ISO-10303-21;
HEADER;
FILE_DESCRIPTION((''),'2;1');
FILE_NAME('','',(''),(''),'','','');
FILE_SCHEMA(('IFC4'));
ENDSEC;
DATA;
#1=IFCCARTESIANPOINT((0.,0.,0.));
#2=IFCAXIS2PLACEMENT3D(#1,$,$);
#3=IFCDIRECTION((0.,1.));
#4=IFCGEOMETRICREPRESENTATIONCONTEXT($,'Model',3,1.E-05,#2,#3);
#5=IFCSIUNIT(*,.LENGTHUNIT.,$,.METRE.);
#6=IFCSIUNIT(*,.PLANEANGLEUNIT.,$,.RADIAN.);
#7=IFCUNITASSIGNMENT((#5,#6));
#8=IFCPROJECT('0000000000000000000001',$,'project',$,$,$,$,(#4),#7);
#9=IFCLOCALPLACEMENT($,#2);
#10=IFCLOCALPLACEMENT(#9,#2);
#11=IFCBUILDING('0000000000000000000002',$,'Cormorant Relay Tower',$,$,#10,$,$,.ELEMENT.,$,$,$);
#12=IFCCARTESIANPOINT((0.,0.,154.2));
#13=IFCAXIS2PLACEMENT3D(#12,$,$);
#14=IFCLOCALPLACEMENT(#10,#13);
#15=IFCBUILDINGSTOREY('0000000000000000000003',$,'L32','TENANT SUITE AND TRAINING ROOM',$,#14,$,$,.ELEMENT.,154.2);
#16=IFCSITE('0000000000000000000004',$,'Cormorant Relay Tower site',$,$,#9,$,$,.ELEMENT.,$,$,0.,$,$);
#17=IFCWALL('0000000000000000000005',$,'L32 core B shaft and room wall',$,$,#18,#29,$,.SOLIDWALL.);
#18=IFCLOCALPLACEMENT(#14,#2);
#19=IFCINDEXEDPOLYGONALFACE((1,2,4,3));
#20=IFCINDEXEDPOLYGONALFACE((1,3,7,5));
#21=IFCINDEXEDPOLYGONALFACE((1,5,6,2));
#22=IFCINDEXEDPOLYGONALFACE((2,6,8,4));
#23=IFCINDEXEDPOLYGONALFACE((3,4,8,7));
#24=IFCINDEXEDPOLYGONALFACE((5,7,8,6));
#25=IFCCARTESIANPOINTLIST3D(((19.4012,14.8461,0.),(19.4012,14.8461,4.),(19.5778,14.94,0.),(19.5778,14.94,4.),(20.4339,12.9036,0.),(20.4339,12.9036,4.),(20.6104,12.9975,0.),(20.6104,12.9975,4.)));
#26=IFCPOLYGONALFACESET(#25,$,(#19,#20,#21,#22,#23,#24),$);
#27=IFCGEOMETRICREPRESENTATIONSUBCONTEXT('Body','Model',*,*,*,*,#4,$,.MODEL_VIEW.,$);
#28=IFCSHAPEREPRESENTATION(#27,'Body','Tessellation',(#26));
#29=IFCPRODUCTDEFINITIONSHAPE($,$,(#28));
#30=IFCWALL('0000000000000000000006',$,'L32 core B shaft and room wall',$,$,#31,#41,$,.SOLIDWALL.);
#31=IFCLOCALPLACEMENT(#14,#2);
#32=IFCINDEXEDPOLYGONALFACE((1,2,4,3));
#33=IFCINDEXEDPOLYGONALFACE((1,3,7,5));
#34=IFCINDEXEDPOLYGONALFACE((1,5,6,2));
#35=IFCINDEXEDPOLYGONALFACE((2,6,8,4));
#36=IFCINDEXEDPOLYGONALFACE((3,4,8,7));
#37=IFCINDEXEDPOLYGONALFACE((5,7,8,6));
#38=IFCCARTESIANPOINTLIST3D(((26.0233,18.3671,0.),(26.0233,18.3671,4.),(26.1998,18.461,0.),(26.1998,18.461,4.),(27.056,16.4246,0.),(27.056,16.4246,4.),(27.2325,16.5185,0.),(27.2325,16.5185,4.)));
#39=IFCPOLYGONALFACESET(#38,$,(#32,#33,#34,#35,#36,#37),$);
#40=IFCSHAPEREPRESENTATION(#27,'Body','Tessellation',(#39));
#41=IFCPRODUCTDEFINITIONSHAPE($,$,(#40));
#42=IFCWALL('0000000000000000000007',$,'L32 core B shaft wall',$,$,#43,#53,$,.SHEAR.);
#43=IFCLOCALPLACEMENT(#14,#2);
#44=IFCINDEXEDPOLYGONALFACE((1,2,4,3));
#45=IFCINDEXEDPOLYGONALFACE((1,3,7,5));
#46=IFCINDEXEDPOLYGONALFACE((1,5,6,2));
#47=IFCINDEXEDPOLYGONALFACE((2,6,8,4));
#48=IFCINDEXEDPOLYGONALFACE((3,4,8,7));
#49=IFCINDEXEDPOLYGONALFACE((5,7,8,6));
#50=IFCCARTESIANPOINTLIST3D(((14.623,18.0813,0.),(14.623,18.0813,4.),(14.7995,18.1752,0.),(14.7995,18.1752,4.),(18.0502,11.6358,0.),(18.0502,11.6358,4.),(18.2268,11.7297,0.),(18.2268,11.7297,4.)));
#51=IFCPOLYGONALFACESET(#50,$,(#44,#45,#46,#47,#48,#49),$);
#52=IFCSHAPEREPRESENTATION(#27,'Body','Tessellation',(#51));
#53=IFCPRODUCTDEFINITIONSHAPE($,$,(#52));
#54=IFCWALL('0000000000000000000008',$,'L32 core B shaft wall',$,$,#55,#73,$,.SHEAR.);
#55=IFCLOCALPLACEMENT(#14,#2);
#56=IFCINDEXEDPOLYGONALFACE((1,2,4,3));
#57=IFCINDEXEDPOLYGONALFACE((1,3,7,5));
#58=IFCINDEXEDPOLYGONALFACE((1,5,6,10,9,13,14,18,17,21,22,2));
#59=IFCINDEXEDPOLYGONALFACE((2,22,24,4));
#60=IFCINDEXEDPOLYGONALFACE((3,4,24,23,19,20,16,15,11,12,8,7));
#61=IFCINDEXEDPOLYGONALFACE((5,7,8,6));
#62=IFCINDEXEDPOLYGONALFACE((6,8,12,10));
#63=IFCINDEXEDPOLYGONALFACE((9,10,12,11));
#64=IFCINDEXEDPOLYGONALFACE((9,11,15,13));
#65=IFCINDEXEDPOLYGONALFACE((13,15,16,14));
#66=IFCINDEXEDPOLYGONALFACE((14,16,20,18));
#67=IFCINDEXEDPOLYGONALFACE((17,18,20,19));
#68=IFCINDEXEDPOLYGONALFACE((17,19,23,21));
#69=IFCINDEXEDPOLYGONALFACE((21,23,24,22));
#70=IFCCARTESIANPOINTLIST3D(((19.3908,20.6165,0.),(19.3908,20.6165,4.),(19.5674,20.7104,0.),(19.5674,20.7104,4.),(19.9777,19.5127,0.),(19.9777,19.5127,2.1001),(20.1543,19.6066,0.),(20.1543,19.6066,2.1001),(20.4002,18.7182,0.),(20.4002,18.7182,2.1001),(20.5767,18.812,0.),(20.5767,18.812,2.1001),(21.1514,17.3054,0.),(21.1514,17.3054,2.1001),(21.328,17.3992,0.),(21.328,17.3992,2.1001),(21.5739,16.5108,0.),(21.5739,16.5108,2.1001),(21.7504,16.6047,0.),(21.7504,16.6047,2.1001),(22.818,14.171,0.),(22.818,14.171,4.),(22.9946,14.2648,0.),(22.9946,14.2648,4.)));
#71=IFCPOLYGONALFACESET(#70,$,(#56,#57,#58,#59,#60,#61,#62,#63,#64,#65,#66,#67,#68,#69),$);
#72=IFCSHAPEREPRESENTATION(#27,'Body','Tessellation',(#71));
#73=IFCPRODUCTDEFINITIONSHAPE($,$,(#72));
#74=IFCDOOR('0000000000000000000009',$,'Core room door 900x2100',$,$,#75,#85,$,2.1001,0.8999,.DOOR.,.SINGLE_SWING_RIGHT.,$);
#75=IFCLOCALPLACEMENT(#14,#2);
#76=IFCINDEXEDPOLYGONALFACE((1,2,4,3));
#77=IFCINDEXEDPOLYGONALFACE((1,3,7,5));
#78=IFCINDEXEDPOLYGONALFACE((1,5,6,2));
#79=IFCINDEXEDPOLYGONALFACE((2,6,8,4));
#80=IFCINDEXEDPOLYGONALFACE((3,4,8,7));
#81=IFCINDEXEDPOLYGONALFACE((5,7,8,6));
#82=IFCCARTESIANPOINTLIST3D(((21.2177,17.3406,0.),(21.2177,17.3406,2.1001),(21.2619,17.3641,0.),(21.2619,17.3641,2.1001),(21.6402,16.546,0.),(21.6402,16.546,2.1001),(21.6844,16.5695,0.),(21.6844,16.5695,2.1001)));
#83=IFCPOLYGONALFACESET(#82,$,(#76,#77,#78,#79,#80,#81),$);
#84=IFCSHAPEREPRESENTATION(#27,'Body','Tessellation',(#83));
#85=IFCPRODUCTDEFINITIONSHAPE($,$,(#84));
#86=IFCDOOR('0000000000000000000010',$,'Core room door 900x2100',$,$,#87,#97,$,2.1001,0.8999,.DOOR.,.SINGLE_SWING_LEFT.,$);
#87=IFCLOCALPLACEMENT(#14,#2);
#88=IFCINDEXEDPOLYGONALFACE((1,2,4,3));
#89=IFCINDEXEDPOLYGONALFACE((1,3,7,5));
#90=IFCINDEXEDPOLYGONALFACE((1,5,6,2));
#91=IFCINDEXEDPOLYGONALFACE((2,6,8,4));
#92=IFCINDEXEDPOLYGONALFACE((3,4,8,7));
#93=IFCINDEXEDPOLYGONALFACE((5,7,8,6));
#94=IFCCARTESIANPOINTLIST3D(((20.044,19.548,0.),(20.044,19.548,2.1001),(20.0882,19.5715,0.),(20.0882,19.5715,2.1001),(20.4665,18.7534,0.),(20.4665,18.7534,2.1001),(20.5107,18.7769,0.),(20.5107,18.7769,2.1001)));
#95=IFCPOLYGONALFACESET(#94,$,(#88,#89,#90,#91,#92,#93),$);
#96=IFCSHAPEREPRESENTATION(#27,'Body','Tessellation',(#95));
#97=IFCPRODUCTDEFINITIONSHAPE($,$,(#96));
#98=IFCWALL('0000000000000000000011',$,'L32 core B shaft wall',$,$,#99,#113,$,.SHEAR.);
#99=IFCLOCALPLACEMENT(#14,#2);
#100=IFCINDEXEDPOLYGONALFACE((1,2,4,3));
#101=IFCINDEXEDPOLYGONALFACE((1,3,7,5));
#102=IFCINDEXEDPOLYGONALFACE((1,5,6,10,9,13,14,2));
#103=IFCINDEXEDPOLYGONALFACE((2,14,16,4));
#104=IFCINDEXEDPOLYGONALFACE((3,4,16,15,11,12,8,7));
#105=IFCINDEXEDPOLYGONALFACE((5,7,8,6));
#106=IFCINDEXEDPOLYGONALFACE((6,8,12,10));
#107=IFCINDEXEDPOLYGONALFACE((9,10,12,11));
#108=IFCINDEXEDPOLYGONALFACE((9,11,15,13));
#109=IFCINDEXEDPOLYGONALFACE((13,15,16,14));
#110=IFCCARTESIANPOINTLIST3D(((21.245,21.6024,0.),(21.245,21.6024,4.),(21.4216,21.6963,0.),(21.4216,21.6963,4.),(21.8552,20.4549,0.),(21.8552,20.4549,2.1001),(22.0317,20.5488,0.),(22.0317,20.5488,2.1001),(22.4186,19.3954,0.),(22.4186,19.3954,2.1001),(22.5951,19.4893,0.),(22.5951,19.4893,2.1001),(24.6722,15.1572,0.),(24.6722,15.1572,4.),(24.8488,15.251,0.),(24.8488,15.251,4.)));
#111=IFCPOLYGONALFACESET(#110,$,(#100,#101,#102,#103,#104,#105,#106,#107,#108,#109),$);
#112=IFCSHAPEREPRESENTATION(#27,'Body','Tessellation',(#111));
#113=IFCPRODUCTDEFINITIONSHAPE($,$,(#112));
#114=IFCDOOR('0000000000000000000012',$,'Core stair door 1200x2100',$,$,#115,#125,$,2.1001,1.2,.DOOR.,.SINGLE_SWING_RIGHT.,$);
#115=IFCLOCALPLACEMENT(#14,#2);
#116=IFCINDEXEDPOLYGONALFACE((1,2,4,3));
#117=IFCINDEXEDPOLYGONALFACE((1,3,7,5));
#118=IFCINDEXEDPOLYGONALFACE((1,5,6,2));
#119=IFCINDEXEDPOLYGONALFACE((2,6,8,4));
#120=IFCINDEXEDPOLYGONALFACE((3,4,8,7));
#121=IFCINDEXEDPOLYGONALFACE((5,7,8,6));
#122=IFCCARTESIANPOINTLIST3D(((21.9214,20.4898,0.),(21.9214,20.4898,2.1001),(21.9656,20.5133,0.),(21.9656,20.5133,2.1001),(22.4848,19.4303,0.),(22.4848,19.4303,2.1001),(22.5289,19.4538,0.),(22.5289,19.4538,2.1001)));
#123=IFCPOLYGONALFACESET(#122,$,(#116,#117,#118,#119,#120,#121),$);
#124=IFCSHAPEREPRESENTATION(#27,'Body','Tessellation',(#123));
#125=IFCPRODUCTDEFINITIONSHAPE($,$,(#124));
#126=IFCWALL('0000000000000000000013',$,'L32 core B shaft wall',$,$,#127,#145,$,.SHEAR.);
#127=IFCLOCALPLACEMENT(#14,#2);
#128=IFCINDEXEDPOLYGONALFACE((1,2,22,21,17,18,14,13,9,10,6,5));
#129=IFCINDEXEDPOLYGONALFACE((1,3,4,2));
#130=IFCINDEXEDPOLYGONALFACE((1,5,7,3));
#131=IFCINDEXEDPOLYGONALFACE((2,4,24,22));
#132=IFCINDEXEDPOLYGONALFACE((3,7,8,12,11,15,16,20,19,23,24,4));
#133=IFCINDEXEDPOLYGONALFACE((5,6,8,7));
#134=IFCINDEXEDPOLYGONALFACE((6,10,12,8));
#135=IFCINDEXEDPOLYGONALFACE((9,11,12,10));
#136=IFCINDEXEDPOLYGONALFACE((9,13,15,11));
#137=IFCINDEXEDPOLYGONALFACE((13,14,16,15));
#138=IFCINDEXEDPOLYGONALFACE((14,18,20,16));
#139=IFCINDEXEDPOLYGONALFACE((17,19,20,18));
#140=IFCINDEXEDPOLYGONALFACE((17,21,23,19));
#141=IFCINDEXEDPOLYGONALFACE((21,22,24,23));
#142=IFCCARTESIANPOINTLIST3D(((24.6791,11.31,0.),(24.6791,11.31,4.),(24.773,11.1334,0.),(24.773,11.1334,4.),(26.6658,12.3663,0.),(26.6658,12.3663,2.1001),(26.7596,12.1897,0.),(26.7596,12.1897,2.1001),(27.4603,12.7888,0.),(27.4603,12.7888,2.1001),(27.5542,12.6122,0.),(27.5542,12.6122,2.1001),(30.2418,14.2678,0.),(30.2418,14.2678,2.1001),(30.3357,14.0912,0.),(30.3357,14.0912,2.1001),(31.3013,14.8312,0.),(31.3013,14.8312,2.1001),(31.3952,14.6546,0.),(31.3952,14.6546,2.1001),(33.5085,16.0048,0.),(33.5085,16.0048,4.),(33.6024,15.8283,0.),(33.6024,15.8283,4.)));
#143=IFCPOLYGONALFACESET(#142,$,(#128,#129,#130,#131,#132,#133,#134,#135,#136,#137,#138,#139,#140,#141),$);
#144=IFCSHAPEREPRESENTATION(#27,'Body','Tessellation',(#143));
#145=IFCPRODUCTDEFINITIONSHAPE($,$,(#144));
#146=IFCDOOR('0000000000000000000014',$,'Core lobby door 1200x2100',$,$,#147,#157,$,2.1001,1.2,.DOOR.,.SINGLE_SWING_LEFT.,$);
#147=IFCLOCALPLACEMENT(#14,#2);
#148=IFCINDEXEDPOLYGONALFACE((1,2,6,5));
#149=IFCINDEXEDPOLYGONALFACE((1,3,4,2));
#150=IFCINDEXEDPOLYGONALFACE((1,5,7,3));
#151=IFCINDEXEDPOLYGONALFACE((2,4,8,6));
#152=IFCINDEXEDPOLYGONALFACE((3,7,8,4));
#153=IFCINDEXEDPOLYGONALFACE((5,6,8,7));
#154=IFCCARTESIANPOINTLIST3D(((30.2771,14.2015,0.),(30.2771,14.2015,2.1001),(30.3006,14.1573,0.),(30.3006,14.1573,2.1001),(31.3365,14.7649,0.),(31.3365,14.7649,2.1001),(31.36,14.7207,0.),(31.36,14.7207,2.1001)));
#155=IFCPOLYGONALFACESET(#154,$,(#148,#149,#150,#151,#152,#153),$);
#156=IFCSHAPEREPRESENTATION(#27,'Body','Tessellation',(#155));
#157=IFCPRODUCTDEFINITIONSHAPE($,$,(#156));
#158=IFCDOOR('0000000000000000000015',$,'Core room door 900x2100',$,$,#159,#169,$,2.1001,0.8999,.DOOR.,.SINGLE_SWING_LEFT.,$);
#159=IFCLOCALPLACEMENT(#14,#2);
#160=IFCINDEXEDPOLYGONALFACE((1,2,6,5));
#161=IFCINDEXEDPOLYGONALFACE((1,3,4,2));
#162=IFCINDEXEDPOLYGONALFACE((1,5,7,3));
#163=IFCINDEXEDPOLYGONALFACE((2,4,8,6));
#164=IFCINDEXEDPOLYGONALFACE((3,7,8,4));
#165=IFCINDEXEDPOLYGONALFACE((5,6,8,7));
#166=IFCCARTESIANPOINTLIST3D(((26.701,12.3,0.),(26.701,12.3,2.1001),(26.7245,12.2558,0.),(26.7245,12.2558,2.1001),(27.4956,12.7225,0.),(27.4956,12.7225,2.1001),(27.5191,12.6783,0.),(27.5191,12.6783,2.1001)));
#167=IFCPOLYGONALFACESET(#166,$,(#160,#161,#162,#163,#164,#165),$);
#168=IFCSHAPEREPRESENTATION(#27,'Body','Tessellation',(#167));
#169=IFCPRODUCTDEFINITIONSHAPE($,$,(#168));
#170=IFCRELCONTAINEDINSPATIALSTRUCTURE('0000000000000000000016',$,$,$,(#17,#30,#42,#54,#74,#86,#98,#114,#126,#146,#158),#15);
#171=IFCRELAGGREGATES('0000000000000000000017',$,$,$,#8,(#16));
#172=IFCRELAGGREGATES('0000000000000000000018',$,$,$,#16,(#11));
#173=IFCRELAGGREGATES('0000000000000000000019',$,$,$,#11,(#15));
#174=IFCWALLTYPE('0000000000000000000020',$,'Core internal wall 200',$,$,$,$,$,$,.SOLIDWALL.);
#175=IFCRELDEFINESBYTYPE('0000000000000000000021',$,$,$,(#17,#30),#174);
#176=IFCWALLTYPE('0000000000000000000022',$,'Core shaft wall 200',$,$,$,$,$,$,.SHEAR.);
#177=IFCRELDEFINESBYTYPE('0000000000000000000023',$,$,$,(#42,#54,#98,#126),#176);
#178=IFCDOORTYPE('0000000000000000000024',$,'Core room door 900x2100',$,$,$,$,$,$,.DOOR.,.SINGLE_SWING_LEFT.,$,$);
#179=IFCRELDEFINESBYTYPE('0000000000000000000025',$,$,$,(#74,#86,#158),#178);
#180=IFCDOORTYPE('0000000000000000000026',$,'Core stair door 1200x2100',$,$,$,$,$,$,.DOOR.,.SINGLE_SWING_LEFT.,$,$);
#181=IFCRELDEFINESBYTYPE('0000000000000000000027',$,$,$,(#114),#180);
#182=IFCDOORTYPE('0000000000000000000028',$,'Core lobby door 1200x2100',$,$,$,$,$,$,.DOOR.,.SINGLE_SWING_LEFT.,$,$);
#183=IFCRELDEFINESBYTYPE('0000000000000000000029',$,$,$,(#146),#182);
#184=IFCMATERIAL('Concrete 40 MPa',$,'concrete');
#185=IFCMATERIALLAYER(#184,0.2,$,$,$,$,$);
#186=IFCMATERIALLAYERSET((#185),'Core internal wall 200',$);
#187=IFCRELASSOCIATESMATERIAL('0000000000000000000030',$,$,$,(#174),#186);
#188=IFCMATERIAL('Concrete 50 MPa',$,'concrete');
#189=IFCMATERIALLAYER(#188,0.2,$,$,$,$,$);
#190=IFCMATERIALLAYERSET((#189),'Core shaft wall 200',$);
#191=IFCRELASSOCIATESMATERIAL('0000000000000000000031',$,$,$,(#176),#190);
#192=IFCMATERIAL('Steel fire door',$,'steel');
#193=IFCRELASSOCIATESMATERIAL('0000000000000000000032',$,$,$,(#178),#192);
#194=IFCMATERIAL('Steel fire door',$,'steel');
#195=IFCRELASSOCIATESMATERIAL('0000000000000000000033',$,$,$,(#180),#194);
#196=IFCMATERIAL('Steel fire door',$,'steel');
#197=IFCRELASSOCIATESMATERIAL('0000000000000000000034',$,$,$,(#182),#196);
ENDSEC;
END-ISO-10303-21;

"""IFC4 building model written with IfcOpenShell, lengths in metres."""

from ifc_helpers import new_model, si_unit, direction, frame, frame_2d, origin, place, context, subcontext, project, spatial, rectangle, extrude, material, layer, layer_set, type_object, element, fill, save


model = new_model("IFC4")

# Units and contexts
model_context = context("Model", 3, precision=1e-05, world=origin(), true_north=direction((0.0, 1.0)))
body_context = subcontext(model_context, "Body", "Model", "MODEL_VIEW")
ifc_project = project(units=[si_unit("LENGTHUNIT", "METRE"), si_unit("PLANEANGLEUNIT", "RADIAN")], contexts=[model_context])

# Site, building, storey
site_placement = place(None, origin())
site = spatial("IfcSite", under=ifc_project, at=site_placement, Name="Cormorant Relay Tower site", CompositionType="ELEMENT", RefElevation=0.0)
building_placement = place(site_placement, origin())
building = spatial("IfcBuilding", under=site, at=building_placement, Name="Cormorant Relay Tower", CompositionType="ELEMENT")
storey_placement = place(building_placement, frame((0.0, 0.0, 154.2)))
storey = spatial("IfcBuildingStorey", under=building, at=storey_placement, Name="L32", Description="TENANT SUITE AND TRAINING ROOM", CompositionType="ELEMENT", Elevation=154.2)

# Walls
ifc_material_1 = material(Name="Concrete 40 MPa", Category="concrete")
ifc_layer_1 = layer(ifc_material_1, 0.2)
ifc_layer_set_1 = layer_set([ifc_layer_1], Name="Core internal wall 200")
wall_type_1 = type_object("IfcWallType", Name="Core internal wall 200", PredefinedType="SOLIDWALL", material=ifc_layer_set_1)
for number, where, z_axis, x_axis, name in (
    (1, (20.5222, 12.9504, 0.0), (0.0, 0.0, 1.0), (-0.469401, 0.882985, 0.0), "L32 core B shaft and room wall"),
    (2, (27.1443, 16.4714, 0.0), (0.0, 0.0, 1.0), (-0.469401, 0.882985, 0.0), "L32 core B shaft and room wall"),
):
    element("IfcWall", number, at=place(storey_placement, frame(where, z_axis=z_axis, x_axis=x_axis)), inside=storey, type_object=wall_type_1, Name=name, PredefinedType="SOLIDWALL", context=body_context, shape_type="SweptSolid", body=[
        extrude(rectangle(XDim=2.2, YDim=0.2, at=frame_2d((1.1001, 0.0))), origin(), (0.0, 0.0, 1.0), 4.0),
    ])
ifc_material_2 = material(Name="Concrete 50 MPa", Category="concrete")
ifc_layer_2 = layer(ifc_material_2, 0.2)
ifc_layer_set_2 = layer_set([ifc_layer_2], Name="Core shaft wall 200")
wall_type_2 = type_object("IfcWallType", Name="Core shaft wall 200", PredefinedType="SHEAR", material=ifc_layer_set_2)
wall_1_placement = place(storey_placement, frame((18.1384, 11.6829, 0.0), z_axis=(0.0, 0.0, 1.0), x_axis=(-0.46948, 0.882943, 0.0)))
element("IfcWall", 3, at=wall_1_placement, inside=storey, type_object=wall_type_2, Name="L32 core B shaft wall", PredefinedType="SHEAR", context=body_context, shape_type="SweptSolid", body=[
    extrude(rectangle(XDim=7.3, YDim=0.2, at=frame_2d((3.6499, 0.0))), origin(), (0.0, 0.0, 1.0), 4.0),
])

# Wall, openings, doors
wall_2_placement = place(storey_placement, frame((22.9062, 14.218, 0.0), z_axis=(0.0, 0.0, 1.0), x_axis=(-0.46948, 0.882943, 0.0)))
wall_2 = element("IfcWall", 4, at=wall_2_placement, inside=storey, type_object=wall_type_2, Name="L32 core B shaft wall", PredefinedType="SHEAR", context=body_context, shape_type="SweptSolid", body=[
    extrude(rectangle(XDim=7.3, YDim=0.2, at=frame_2d((3.6499, 0.0))), origin(), (0.0, 0.0, 1.0), 4.0),
])
opening_1_placement = place(wall_2_placement, frame((2.6499, 0.0, 0.0)))
opening_1 = element("IfcOpeningElement", 5, at=opening_1_placement, cuts=wall_2, PredefinedType="OPENING", context=body_context, shape_type="SweptSolid", body=[
    extrude(rectangle(XDim=0.8999, YDim=2.1001, at=frame_2d((0.45, 1.05))), frame((0.0, 0.1099, 0.0), z_axis=(0.0, -1.0, 0.0), x_axis=(1.0, 0.0, 0.0)), (0.0, 0.0, 1.0), 0.22),
])
opening_2_placement = place(wall_2_placement, frame((5.1499, 0.0, 0.0)))
opening_2 = element("IfcOpeningElement", 6, at=opening_2_placement, cuts=wall_2, PredefinedType="OPENING", context=body_context, shape_type="SweptSolid", body=[
    extrude(rectangle(XDim=0.8999, YDim=2.1001, at=frame_2d((0.45, 1.05))), frame((0.0, 0.1099, 0.0), z_axis=(0.0, -1.0, 0.0), x_axis=(1.0, 0.0, 0.0)), (0.0, 0.0, 1.0), 0.22),
])
ifc_material_3 = material(Name="Steel fire door", Category="steel")
door_type_1 = type_object("IfcDoorType", Name="Core room door 900x2100", OperationType="SINGLE_SWING_LEFT", PredefinedType="DOOR", material=ifc_material_3)
door_1_placement = place(opening_1_placement, origin())
door_1 = element("IfcDoor", 7, at=door_1_placement, inside=storey, type_object=door_type_1, Name="Core room door 900x2100", OperationType="SINGLE_SWING_RIGHT", OverallHeight=2.1001, OverallWidth=0.8999, PredefinedType="DOOR", context=body_context, shape_type="SweptSolid", body=[
    extrude(rectangle(XDim=0.8999, YDim=2.1001, at=frame_2d((0.45, 1.05))), frame((0.0, 0.0249, 0.0), z_axis=(0.0, -1.0, 0.0), x_axis=(1.0, 0.0, 0.0)), (0.0, 0.0, 1.0), 0.05),
])
fill(opening_1, door_1)
door_2_placement = place(opening_2_placement, origin())
door_2 = element("IfcDoor", 8, at=door_2_placement, inside=storey, type_object=door_type_1, Name="Core room door 900x2100", OperationType="SINGLE_SWING_LEFT", OverallHeight=2.1001, OverallWidth=0.8999, PredefinedType="DOOR", context=body_context, shape_type="SweptSolid", body=[
    extrude(rectangle(XDim=0.8999, YDim=2.1001, at=frame_2d((0.45, 1.05))), frame((0.0, 0.0249, 0.0), z_axis=(0.0, -1.0, 0.0), x_axis=(1.0, 0.0, 0.0)), (0.0, 0.0, 1.0), 0.05),
])
fill(opening_2, door_2)

# Wall, opening, door
wall_3_placement = place(storey_placement, frame((24.7605, 15.2041, 0.0), z_axis=(0.0, 0.0, 1.0), x_axis=(-0.469494, 0.882936, 0.0)))
wall_3 = element("IfcWall", 9, at=wall_3_placement, inside=storey, type_object=wall_type_2, Name="L32 core B shaft wall", PredefinedType="SHEAR", context=body_context, shape_type="SweptSolid", body=[
    extrude(rectangle(XDim=7.2998, YDim=0.2, at=frame_2d((3.6499, 0.0))), origin(), (0.0, 0.0, 1.0), 4.0),
])
opening_3_placement = place(wall_3_placement, frame((4.8, 0.0, 0.0)))
opening_3 = element("IfcOpeningElement", 10, at=opening_3_placement, cuts=wall_3, PredefinedType="OPENING", context=body_context, shape_type="SweptSolid", body=[
    extrude(rectangle(XDim=1.2, YDim=2.1001, at=frame_2d((0.6001, 1.05))), frame((0.0, 0.1099, 0.0), z_axis=(0.0, -1.0, 0.0), x_axis=(1.0, 0.0, 0.0)), (0.0, 0.0, 1.0), 0.22),
])
ifc_material_4 = material(Name="Steel fire door", Category="steel")
door_type_2 = type_object("IfcDoorType", Name="Core stair door 1200x2100", OperationType="SINGLE_SWING_LEFT", PredefinedType="DOOR", material=ifc_material_4)
door_3_placement = place(opening_3_placement, frame((1.2, 0.0, 0.0), z_axis=(0.0, 0.0, 1.0), x_axis=(-1.0, 0.0, 0.0)))
door_3 = element("IfcDoor", 11, at=door_3_placement, inside=storey, type_object=door_type_2, Name="Core stair door 1200x2100", OperationType="SINGLE_SWING_RIGHT", OverallHeight=2.1001, OverallWidth=1.2, PredefinedType="DOOR", context=body_context, shape_type="SweptSolid", body=[
    extrude(rectangle(XDim=1.2, YDim=2.1001, at=frame_2d((0.6001, 1.05))), frame((0.0, 0.0249, 0.0), z_axis=(0.0, -1.0, 0.0), x_axis=(1.0, 0.0, 0.0)), (0.0, 0.0, 1.0), 0.05),
])
fill(opening_3, door_3)

# Wall, openings, doors
wall_4_placement = place(storey_placement, frame((24.7261, 11.2217, 0.0), z_axis=(0.0, 0.0, 1.0), x_axis=(0.88294, 0.469485, 0.0)))
wall_4 = element("IfcWall", 12, at=wall_4_placement, inside=storey, type_object=wall_type_2, Name="L32 core B shaft wall", PredefinedType="SHEAR", context=body_context, shape_type="SweptSolid", body=[
    extrude(rectangle(XDim=10.0, YDim=0.2, at=frame_2d((5.0, 0.0))), origin(), (0.0, 0.0, 1.0), 4.0),
])
opening_4_placement = place(wall_4_placement, frame((6.3, 0.0, 0.0)))
opening_4 = element("IfcOpeningElement", 13, at=opening_4_placement, cuts=wall_4, PredefinedType="OPENING", context=body_context, shape_type="SweptSolid", body=[
    extrude(rectangle(XDim=1.2, YDim=2.1001, at=frame_2d((0.6001, 1.05))), frame((0.0, 0.1099, 0.0), z_axis=(0.0, -1.0, 0.0), x_axis=(1.0, 0.0, 0.0)), (0.0, 0.0, 1.0), 0.22),
])
opening_5_placement = place(wall_4_placement, frame((2.25, 0.0, 0.0)))
opening_5 = element("IfcOpeningElement", 14, at=opening_5_placement, cuts=wall_4, PredefinedType="OPENING", context=body_context, shape_type="SweptSolid", body=[
    extrude(rectangle(XDim=0.8999, YDim=2.1001, at=frame_2d((0.45, 1.05))), frame((0.0, 0.1099, 0.0), z_axis=(0.0, -1.0, 0.0), x_axis=(1.0, 0.0, 0.0)), (0.0, 0.0, 1.0), 0.22),
])
ifc_material_5 = material(Name="Steel fire door", Category="steel")
door_type_3 = type_object("IfcDoorType", Name="Core lobby door 1200x2100", OperationType="SINGLE_SWING_LEFT", PredefinedType="DOOR", material=ifc_material_5)
door_4_placement = place(opening_4_placement, origin())
door_4 = element("IfcDoor", 15, at=door_4_placement, inside=storey, type_object=door_type_3, Name="Core lobby door 1200x2100", OperationType="SINGLE_SWING_LEFT", OverallHeight=2.1001, OverallWidth=1.2, PredefinedType="DOOR", context=body_context, shape_type="SweptSolid", body=[
    extrude(rectangle(XDim=1.2, YDim=2.1001, at=frame_2d((0.6001, 1.05))), frame((0.0, 0.0249, 0.0), z_axis=(0.0, -1.0, 0.0), x_axis=(1.0, 0.0, 0.0)), (0.0, 0.0, 1.0), 0.05),
])
fill(opening_4, door_4)
door_5_placement = place(opening_5_placement, origin())
door_5 = element("IfcDoor", 16, at=door_5_placement, inside=storey, type_object=door_type_1, Name="Core room door 900x2100", OperationType="SINGLE_SWING_LEFT", OverallHeight=2.1001, OverallWidth=0.8999, PredefinedType="DOOR", context=body_context, shape_type="SweptSolid", body=[
    extrude(rectangle(XDim=0.8999, YDim=2.1001, at=frame_2d((0.45, 1.05))), frame((0.0, 0.0249, 0.0), z_axis=(0.0, -1.0, 0.0), x_axis=(1.0, 0.0, 0.0)), (0.0, 0.0, 1.0), 0.05),
])
fill(opening_5, door_5)

save(model, "model.ifc")
